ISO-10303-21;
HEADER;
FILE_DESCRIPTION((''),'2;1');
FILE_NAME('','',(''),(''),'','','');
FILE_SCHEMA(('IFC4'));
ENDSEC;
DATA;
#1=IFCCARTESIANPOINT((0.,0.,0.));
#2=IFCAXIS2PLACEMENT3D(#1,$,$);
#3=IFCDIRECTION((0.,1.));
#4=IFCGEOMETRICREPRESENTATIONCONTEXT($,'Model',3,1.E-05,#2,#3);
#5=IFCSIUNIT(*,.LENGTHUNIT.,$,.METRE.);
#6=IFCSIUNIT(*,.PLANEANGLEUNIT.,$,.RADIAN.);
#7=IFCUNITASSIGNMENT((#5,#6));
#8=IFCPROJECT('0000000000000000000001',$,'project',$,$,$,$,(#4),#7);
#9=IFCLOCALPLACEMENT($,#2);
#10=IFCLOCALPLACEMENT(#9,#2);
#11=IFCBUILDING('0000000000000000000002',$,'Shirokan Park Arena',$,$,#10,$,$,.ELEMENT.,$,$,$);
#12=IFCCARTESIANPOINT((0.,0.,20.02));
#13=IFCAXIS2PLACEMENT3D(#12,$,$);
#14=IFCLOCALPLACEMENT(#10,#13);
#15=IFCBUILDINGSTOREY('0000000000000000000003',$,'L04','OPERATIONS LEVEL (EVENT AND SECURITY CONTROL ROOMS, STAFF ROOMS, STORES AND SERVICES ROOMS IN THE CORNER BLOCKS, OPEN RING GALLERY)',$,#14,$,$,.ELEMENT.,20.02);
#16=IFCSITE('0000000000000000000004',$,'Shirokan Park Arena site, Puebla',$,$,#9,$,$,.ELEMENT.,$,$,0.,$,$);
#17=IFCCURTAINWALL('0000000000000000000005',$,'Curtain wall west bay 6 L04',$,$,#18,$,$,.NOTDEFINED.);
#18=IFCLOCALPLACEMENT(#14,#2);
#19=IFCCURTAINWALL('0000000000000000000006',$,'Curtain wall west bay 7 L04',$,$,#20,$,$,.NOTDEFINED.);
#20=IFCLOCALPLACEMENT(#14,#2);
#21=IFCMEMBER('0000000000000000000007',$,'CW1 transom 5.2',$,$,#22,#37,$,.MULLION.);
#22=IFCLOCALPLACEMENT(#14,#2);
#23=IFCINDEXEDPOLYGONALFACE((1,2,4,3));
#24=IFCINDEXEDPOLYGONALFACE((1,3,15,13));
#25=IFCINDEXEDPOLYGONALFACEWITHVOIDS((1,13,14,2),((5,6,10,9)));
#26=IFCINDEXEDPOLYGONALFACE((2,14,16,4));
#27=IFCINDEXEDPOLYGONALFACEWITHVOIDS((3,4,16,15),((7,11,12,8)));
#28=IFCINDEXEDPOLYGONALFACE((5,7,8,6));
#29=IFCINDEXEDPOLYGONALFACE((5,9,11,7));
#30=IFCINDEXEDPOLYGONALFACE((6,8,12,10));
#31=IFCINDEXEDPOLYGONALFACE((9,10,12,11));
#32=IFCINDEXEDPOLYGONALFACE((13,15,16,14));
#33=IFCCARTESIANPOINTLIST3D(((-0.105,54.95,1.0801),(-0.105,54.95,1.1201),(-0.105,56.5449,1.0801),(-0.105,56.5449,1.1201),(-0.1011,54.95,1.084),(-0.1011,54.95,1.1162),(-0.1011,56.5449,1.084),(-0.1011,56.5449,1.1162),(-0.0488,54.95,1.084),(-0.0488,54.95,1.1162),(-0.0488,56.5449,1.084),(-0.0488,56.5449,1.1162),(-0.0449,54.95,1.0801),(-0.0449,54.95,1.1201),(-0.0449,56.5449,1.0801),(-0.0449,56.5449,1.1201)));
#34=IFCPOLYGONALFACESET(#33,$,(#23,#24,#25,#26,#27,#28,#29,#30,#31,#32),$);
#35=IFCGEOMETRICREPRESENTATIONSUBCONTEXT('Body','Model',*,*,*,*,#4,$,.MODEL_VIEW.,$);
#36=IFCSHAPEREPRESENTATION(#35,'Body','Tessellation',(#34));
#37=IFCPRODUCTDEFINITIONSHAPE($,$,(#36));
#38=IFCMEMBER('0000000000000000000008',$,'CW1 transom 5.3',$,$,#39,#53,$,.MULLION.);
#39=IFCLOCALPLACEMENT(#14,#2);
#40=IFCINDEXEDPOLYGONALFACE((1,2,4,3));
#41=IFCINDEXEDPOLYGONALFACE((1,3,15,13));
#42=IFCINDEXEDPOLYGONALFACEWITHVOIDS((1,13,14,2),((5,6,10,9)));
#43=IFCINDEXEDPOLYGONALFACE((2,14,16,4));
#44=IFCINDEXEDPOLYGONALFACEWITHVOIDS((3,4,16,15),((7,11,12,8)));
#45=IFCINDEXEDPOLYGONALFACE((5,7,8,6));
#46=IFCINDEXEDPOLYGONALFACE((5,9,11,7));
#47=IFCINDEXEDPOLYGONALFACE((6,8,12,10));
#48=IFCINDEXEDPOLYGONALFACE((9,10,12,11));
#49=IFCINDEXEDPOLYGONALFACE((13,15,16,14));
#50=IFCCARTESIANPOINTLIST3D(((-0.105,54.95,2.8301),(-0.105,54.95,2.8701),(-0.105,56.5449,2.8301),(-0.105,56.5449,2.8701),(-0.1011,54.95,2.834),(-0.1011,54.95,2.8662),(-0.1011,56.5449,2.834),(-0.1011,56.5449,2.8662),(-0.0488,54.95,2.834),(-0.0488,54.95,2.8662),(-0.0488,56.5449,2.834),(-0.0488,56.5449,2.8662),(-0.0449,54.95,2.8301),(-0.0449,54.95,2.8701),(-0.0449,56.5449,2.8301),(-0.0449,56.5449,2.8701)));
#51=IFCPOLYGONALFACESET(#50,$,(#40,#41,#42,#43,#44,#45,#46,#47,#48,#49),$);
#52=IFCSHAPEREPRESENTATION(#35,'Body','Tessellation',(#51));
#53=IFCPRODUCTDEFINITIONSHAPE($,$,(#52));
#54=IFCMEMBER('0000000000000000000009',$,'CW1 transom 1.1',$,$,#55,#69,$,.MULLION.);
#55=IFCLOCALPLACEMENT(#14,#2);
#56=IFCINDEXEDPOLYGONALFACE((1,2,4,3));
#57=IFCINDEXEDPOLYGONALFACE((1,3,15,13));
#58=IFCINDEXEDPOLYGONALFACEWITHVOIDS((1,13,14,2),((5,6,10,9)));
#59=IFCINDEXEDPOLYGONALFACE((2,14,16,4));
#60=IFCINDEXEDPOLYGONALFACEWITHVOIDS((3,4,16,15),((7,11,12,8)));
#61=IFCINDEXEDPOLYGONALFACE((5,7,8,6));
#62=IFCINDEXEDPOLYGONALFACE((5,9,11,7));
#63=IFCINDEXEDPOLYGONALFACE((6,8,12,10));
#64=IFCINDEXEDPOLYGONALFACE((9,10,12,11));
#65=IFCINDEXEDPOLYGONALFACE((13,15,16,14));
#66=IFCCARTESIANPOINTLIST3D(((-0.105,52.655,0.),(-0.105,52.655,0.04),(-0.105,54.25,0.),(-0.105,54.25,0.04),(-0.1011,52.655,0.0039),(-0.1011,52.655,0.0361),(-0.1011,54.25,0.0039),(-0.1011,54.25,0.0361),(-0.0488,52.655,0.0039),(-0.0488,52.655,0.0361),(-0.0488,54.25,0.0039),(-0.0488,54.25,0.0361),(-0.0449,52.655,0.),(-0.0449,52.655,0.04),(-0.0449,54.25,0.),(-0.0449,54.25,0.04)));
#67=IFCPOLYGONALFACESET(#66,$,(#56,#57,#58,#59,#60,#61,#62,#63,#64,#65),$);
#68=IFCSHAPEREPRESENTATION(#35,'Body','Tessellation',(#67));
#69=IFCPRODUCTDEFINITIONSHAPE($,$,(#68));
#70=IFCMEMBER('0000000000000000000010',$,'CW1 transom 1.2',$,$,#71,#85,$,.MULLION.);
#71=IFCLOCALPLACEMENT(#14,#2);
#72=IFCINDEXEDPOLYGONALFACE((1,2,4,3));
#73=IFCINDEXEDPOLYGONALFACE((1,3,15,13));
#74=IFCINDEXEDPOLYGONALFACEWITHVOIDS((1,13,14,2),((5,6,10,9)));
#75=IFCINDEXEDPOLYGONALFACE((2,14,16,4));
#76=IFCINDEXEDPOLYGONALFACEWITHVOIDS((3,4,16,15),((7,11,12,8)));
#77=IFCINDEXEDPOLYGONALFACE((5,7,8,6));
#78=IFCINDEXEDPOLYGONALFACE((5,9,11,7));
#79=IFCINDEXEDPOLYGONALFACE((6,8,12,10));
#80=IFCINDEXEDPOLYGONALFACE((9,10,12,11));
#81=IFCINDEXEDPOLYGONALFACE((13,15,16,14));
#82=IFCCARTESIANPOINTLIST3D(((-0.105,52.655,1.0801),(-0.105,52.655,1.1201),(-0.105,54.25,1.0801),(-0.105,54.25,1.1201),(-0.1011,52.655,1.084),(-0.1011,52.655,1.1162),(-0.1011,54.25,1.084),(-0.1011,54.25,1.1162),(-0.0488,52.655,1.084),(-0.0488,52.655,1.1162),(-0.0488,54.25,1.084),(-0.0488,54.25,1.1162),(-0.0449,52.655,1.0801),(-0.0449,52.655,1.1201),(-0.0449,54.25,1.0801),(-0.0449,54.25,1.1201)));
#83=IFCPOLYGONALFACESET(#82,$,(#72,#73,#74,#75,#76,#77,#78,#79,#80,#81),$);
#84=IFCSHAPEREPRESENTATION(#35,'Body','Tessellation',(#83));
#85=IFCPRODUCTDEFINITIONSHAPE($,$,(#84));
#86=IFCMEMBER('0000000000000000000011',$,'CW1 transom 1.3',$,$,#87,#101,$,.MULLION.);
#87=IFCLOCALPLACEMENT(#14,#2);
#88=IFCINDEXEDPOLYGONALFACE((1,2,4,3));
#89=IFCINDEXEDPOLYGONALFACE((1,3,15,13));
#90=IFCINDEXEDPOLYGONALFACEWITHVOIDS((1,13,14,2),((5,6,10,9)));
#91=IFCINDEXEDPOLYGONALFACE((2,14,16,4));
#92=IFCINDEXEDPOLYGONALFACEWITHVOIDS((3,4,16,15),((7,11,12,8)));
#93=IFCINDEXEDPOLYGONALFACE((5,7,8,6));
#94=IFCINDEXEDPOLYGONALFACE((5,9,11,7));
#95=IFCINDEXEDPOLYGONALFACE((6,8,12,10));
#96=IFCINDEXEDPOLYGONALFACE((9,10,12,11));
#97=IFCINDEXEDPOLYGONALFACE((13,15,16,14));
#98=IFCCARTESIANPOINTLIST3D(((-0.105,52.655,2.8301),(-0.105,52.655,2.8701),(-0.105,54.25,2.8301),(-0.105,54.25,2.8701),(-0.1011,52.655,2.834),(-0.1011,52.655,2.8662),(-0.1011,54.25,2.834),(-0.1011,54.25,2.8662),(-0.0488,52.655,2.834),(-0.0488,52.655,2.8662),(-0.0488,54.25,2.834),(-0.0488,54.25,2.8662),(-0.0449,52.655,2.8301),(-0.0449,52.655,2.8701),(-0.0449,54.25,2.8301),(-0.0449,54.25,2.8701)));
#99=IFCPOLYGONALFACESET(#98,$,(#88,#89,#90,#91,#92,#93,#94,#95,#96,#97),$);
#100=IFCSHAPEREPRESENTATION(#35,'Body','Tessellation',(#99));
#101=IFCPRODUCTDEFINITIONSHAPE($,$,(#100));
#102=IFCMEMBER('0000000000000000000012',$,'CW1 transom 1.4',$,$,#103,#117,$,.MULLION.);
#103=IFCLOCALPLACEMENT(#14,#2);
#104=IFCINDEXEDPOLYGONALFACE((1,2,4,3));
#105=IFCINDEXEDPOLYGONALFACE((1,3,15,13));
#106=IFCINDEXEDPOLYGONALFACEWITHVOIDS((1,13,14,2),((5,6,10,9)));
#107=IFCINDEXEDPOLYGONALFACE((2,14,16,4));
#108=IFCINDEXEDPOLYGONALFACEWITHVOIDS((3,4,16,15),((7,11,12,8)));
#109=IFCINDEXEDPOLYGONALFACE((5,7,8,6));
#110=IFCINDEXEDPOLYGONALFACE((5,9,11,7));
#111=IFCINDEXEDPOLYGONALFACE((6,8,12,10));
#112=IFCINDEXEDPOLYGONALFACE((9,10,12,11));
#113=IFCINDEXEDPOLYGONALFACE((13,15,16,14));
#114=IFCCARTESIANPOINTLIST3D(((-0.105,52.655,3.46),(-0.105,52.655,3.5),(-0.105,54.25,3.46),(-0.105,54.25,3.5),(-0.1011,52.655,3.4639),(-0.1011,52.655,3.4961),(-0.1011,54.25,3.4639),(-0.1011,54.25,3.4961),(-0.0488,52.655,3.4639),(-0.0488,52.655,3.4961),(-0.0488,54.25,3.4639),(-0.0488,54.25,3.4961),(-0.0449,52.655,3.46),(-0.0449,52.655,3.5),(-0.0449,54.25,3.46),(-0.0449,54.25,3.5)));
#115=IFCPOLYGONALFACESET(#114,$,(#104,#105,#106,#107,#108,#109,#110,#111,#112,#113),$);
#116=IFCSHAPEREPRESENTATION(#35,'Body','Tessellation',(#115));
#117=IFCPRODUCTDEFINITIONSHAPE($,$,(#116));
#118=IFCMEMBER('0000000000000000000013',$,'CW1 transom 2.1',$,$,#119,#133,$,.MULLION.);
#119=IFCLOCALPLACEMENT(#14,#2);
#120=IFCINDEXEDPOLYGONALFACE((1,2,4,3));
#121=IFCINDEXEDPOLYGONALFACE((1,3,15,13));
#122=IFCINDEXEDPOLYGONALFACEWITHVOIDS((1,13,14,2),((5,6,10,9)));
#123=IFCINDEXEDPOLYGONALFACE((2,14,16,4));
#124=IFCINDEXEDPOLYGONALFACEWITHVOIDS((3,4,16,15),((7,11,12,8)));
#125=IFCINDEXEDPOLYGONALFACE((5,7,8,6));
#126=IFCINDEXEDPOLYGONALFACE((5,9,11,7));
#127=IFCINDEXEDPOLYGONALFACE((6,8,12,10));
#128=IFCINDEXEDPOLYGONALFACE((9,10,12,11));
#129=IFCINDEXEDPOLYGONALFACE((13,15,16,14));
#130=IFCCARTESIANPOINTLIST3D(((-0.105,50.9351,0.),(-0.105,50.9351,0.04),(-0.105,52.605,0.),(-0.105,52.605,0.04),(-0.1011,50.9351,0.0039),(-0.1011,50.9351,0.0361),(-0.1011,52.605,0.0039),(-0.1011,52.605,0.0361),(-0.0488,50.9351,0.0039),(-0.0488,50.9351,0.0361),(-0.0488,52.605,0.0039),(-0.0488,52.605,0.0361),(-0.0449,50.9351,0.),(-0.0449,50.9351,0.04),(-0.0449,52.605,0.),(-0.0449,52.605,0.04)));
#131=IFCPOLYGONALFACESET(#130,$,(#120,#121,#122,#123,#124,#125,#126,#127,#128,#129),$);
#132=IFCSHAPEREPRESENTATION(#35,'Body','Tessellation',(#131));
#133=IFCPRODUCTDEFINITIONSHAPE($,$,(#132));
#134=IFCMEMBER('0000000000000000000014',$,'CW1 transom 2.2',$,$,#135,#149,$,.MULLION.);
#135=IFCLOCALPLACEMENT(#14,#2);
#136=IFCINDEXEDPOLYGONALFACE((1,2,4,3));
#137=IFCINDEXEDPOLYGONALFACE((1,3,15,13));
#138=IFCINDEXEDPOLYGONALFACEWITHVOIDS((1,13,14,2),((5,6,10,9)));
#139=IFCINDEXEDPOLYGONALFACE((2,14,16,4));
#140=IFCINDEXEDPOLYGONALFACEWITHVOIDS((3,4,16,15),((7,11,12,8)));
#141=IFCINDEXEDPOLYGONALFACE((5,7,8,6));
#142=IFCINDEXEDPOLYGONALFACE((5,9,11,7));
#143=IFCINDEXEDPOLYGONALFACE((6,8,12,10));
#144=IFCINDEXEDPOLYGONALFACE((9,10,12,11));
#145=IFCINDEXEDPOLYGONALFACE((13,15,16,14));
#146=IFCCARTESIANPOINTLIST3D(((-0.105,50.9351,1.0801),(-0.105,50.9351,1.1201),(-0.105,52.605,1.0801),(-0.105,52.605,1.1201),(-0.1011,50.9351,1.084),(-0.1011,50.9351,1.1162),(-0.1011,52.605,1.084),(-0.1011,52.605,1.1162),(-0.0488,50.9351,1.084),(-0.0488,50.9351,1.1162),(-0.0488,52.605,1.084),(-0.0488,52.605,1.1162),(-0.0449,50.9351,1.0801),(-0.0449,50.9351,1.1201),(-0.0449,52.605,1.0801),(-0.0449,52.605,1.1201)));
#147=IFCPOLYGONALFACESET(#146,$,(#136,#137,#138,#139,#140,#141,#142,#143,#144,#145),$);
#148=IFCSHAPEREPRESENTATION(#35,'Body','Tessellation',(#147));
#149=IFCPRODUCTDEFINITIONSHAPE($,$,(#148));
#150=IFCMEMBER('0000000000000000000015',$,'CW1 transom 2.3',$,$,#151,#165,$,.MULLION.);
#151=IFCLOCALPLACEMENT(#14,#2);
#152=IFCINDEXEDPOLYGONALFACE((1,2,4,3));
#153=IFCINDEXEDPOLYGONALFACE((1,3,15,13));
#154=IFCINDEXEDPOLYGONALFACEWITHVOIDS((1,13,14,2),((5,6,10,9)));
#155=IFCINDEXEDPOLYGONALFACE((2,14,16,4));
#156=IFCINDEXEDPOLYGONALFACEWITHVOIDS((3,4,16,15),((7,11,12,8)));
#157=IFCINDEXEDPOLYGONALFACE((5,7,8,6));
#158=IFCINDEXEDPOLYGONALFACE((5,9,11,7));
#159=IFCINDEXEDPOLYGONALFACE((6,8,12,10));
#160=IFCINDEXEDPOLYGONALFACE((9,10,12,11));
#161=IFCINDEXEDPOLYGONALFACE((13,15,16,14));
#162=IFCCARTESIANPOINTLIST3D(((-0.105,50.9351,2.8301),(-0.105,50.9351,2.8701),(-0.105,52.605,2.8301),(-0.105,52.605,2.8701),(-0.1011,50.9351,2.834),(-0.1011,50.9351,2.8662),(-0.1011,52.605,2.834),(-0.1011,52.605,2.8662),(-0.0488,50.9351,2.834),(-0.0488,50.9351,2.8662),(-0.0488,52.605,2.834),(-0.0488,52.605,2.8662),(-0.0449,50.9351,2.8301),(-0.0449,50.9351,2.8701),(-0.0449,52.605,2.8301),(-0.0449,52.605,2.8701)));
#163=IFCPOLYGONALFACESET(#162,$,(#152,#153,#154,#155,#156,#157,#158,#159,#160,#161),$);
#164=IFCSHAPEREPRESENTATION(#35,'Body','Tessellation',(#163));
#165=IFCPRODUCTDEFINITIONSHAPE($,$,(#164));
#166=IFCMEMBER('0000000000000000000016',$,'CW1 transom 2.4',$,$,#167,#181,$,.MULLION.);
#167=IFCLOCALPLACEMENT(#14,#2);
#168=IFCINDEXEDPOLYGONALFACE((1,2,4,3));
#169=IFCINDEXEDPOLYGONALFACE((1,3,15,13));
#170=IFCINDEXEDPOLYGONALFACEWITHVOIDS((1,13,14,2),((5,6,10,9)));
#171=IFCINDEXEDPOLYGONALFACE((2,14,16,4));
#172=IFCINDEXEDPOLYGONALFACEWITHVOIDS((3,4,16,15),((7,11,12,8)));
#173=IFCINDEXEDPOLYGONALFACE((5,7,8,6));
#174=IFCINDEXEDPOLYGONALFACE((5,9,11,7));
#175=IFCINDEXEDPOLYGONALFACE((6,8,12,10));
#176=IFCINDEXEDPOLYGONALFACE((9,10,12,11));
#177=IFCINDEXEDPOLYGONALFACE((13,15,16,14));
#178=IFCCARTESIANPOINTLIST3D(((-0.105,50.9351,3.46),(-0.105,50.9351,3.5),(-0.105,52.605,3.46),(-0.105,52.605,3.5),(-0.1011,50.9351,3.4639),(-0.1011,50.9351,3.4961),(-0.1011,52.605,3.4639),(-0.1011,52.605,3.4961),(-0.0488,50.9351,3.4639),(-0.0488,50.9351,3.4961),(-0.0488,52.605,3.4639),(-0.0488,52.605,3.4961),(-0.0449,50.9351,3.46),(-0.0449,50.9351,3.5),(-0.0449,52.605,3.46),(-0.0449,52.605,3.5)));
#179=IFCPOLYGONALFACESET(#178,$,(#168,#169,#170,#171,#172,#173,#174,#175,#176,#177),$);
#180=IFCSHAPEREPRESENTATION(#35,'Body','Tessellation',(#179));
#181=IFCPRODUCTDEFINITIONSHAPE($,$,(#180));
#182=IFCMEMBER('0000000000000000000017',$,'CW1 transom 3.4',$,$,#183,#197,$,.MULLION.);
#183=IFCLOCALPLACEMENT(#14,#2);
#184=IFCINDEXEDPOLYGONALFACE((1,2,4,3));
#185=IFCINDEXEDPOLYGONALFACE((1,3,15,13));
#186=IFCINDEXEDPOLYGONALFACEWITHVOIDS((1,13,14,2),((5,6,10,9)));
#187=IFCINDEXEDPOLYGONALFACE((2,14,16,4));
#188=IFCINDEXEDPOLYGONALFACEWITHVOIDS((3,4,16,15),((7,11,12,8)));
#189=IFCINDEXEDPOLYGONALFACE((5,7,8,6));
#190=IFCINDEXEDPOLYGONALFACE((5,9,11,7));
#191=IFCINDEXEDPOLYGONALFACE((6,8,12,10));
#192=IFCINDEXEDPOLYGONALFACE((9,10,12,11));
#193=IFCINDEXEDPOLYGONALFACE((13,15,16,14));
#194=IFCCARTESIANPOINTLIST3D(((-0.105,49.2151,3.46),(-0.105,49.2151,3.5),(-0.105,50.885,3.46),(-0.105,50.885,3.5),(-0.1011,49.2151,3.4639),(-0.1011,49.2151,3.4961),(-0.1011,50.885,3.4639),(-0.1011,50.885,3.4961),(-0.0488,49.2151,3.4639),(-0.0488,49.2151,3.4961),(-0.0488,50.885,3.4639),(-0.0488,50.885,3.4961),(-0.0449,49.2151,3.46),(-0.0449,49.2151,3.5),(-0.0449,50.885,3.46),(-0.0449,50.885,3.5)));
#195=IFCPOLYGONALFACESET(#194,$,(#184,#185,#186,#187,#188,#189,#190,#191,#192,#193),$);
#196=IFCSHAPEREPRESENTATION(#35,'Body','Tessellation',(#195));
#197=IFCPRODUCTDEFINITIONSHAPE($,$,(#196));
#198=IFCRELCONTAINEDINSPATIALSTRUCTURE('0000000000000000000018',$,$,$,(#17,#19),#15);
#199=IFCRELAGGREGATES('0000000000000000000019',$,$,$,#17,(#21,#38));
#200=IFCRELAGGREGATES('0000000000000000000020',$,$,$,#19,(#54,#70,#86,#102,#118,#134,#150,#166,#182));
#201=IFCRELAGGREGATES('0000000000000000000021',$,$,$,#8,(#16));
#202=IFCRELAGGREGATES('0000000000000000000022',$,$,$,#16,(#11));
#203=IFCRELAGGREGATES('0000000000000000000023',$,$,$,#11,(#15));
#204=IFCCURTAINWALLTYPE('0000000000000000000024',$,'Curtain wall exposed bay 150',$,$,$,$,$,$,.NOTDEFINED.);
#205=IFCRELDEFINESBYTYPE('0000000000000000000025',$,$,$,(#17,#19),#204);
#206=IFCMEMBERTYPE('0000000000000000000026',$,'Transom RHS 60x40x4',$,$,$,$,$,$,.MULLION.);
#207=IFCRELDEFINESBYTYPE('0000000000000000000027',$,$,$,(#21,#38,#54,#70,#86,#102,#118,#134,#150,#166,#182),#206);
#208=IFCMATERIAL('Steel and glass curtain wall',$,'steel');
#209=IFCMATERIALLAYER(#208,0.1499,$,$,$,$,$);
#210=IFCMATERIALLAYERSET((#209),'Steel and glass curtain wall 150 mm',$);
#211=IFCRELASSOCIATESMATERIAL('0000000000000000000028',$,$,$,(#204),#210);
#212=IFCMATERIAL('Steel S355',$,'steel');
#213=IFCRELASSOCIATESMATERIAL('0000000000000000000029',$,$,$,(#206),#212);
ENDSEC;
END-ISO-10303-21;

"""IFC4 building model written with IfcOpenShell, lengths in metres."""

from ifc_helpers import new_model, si_unit, direction, frame, origin, origin_2d, place, context, subcontext, project, spatial, hollow_rectangle, extrude, material, layer, layer_set, material_profile, profile_set, type_object, element, aggregate, save


model = new_model("IFC4")

# Units and contexts
model_context = context("Model", 3, precision=1e-05, world=origin(), true_north=direction((0.0, 1.0)))
body_context = subcontext(model_context, "Body", "Model", "MODEL_VIEW")
ifc_project = project(units=[si_unit("LENGTHUNIT", "METRE"), si_unit("PLANEANGLEUNIT", "RADIAN")], contexts=[model_context])

# Site, building, storey
site_placement = place(None, origin())
site = spatial("IfcSite", under=ifc_project, at=site_placement, Name="Shirokan Park Arena site, Puebla", CompositionType="ELEMENT", RefElevation=0.0)
building_placement = place(site_placement, origin())
building = spatial("IfcBuilding", under=site, at=building_placement, Name="Shirokan Park Arena", CompositionType="ELEMENT")
storey_placement = place(building_placement, frame((0.0, 0.0, 20.02)))
storey = spatial("IfcBuildingStorey", under=building, at=storey_placement, Name="L04", Description="OPERATIONS LEVEL (EVENT AND SECURITY CONTROL ROOMS, STAFF ROOMS, STORES AND SERVICES ROOMS IN THE CORNER BLOCKS, OPEN RING GALLERY)", CompositionType="ELEMENT", Elevation=20.02)

# Curtain wall
ifc_material_1 = material(Name="Steel and glass curtain wall", Category="steel")
ifc_layer_1 = layer(ifc_material_1, 0.1499)
ifc_layer_set_1 = layer_set([ifc_layer_1], Name="Steel and glass curtain wall 150 mm")
curtain_wall_type = type_object("IfcCurtainWallType", Name="Curtain wall exposed bay 150", PredefinedType="NOTDEFINED", material=ifc_layer_set_1)
curtain_wall_1_placement = place(storey_placement, origin())
curtain_wall_1 = element("IfcCurtainWall", 1, at=curtain_wall_1_placement, inside=storey, type_object=curtain_wall_type, Name="Curtain wall west bay 6 L04", PredefinedType="NOTDEFINED")
ifc_material_2 = material(Name="Steel S355", Category="steel")

# Curtain wall
curtain_wall_2_placement = place(storey_placement, origin())
curtain_wall_2 = element("IfcCurtainWall", 2, at=curtain_wall_2_placement, inside=storey, type_object=curtain_wall_type, Name="Curtain wall west bay 7 L04", PredefinedType="NOTDEFINED")

# Members
ifc_material_profile_1 = material_profile(ifc_material_2, hollow_rectangle(XDim=0.0601, YDim=0.04, WallThickness=0.0039, at=origin_2d()), Name="RHS 60x40x4")
ifc_profile_set_1 = profile_set([ifc_material_profile_1], Name="Steel S355")
member_type_1 = type_object("IfcMemberType", Name="Transom RHS 60x40x4", PredefinedType="MULLION", material=ifc_profile_set_1)
member_1_placement = place(storey_placement, frame((-0.075, 56.5449, 1.1001), z_axis=(0.0, -1.0, 0.0), x_axis=(1.0, 0.0, 0.0)))
member_1 = element("IfcMember", 3, at=member_1_placement, type_object=member_type_1, Name="CW1 transom 5.2", PredefinedType="MULLION", context=body_context, shape_type="SweptSolid", body=[
    extrude(hollow_rectangle(XDim=0.0601, YDim=0.04, WallThickness=0.0039, at=origin_2d()), origin(), (0.0, 0.0, 1.0), 1.595),
])
member_2_placement = place(storey_placement, frame((-0.075, 56.5449, 2.8501), z_axis=(0.0, -1.0, 0.0), x_axis=(1.0, 0.0, 0.0)))
member_2 = element("IfcMember", 4, at=member_2_placement, type_object=member_type_1, Name="CW1 transom 5.3", PredefinedType="MULLION", context=body_context, shape_type="SweptSolid", body=[
    extrude(hollow_rectangle(XDim=0.0601, YDim=0.04, WallThickness=0.0039, at=origin_2d()), origin(), (0.0, 0.0, 1.0), 1.595),
])
member_3_placement = place(storey_placement, frame((-0.075, 54.25, 0.02), z_axis=(0.0, -1.0, 0.0), x_axis=(1.0, 0.0, 0.0)))
member_3 = element("IfcMember", 5, at=member_3_placement, type_object=member_type_1, Name="CW1 transom 1.1", PredefinedType="MULLION", context=body_context, shape_type="SweptSolid", body=[
    extrude(hollow_rectangle(XDim=0.0601, YDim=0.04, WallThickness=0.0039, at=origin_2d()), origin(), (0.0, 0.0, 1.0), 1.595),
])
member_4_placement = place(storey_placement, frame((-0.075, 54.25, 1.1001), z_axis=(0.0, -1.0, 0.0), x_axis=(1.0, 0.0, 0.0)))
member_4 = element("IfcMember", 6, at=member_4_placement, type_object=member_type_1, Name="CW1 transom 1.2", PredefinedType="MULLION", context=body_context, shape_type="SweptSolid", body=[
    extrude(hollow_rectangle(XDim=0.0601, YDim=0.04, WallThickness=0.0039, at=origin_2d()), origin(), (0.0, 0.0, 1.0), 1.595),
])
member_5_placement = place(storey_placement, frame((-0.075, 54.25, 2.8501), z_axis=(0.0, -1.0, 0.0), x_axis=(1.0, 0.0, 0.0)))
member_5 = element("IfcMember", 7, at=member_5_placement, type_object=member_type_1, Name="CW1 transom 1.3", PredefinedType="MULLION", context=body_context, shape_type="SweptSolid", body=[
    extrude(hollow_rectangle(XDim=0.0601, YDim=0.04, WallThickness=0.0039, at=origin_2d()), origin(), (0.0, 0.0, 1.0), 1.595),
])
member_6_placement = place(storey_placement, frame((-0.075, 54.25, 3.48), z_axis=(0.0, -1.0, 0.0), x_axis=(1.0, 0.0, 0.0)))
member_6 = element("IfcMember", 8, at=member_6_placement, type_object=member_type_1, Name="CW1 transom 1.4", PredefinedType="MULLION", context=body_context, shape_type="SweptSolid", body=[
    extrude(hollow_rectangle(XDim=0.0601, YDim=0.04, WallThickness=0.0039, at=origin_2d()), origin(), (0.0, 0.0, 1.0), 1.595),
])
member_7_placement = place(storey_placement, frame((-0.075, 52.605, 0.02), z_axis=(0.0, -1.0, 0.0), x_axis=(1.0, 0.0, 0.0)))
member_7 = element("IfcMember", 9, at=member_7_placement, type_object=member_type_1, Name="CW1 transom 2.1", PredefinedType="MULLION", context=body_context, shape_type="SweptSolid", body=[
    extrude(hollow_rectangle(XDim=0.0601, YDim=0.04, WallThickness=0.0039, at=origin_2d()), origin(), (0.0, 0.0, 1.0), 1.6699),
])
member_8_placement = place(storey_placement, frame((-0.075, 52.605, 1.1001), z_axis=(0.0, -1.0, 0.0), x_axis=(1.0, 0.0, 0.0)))
member_8 = element("IfcMember", 10, at=member_8_placement, type_object=member_type_1, Name="CW1 transom 2.2", PredefinedType="MULLION", context=body_context, shape_type="SweptSolid", body=[
    extrude(hollow_rectangle(XDim=0.0601, YDim=0.04, WallThickness=0.0039, at=origin_2d()), origin(), (0.0, 0.0, 1.0), 1.6699),
])
member_9_placement = place(storey_placement, frame((-0.075, 52.605, 2.8501), z_axis=(0.0, -1.0, 0.0), x_axis=(1.0, 0.0, 0.0)))
member_9 = element("IfcMember", 11, at=member_9_placement, type_object=member_type_1, Name="CW1 transom 2.3", PredefinedType="MULLION", context=body_context, shape_type="SweptSolid", body=[
    extrude(hollow_rectangle(XDim=0.0601, YDim=0.04, WallThickness=0.0039, at=origin_2d()), origin(), (0.0, 0.0, 1.0), 1.6699),
])
member_10_placement = place(storey_placement, frame((-0.075, 52.605, 3.48), z_axis=(0.0, -1.0, 0.0), x_axis=(1.0, 0.0, 0.0)))
member_10 = element("IfcMember", 12, at=member_10_placement, type_object=member_type_1, Name="CW1 transom 2.4", PredefinedType="MULLION", context=body_context, shape_type="SweptSolid", body=[
    extrude(hollow_rectangle(XDim=0.0601, YDim=0.04, WallThickness=0.0039, at=origin_2d()), origin(), (0.0, 0.0, 1.0), 1.6699),
])
member_11_placement = place(storey_placement, frame((-0.075, 50.885, 3.48), z_axis=(0.0, -1.0, 0.0), x_axis=(1.0, 0.0, 0.0)))
member_11 = element("IfcMember", 13, at=member_11_placement, type_object=member_type_1, Name="CW1 transom 3.4", PredefinedType="MULLION", context=body_context, shape_type="SweptSolid", body=[
    extrude(hollow_rectangle(XDim=0.0601, YDim=0.04, WallThickness=0.0039, at=origin_2d()), origin(), (0.0, 0.0, 1.0), 1.6699),
])

aggregate(curtain_wall_1, [member_1, member_2])
aggregate(curtain_wall_2, [member_3, member_4, member_5, member_6, member_7, member_8, member_9, member_10, member_11])

save(model, "model.ifc")
